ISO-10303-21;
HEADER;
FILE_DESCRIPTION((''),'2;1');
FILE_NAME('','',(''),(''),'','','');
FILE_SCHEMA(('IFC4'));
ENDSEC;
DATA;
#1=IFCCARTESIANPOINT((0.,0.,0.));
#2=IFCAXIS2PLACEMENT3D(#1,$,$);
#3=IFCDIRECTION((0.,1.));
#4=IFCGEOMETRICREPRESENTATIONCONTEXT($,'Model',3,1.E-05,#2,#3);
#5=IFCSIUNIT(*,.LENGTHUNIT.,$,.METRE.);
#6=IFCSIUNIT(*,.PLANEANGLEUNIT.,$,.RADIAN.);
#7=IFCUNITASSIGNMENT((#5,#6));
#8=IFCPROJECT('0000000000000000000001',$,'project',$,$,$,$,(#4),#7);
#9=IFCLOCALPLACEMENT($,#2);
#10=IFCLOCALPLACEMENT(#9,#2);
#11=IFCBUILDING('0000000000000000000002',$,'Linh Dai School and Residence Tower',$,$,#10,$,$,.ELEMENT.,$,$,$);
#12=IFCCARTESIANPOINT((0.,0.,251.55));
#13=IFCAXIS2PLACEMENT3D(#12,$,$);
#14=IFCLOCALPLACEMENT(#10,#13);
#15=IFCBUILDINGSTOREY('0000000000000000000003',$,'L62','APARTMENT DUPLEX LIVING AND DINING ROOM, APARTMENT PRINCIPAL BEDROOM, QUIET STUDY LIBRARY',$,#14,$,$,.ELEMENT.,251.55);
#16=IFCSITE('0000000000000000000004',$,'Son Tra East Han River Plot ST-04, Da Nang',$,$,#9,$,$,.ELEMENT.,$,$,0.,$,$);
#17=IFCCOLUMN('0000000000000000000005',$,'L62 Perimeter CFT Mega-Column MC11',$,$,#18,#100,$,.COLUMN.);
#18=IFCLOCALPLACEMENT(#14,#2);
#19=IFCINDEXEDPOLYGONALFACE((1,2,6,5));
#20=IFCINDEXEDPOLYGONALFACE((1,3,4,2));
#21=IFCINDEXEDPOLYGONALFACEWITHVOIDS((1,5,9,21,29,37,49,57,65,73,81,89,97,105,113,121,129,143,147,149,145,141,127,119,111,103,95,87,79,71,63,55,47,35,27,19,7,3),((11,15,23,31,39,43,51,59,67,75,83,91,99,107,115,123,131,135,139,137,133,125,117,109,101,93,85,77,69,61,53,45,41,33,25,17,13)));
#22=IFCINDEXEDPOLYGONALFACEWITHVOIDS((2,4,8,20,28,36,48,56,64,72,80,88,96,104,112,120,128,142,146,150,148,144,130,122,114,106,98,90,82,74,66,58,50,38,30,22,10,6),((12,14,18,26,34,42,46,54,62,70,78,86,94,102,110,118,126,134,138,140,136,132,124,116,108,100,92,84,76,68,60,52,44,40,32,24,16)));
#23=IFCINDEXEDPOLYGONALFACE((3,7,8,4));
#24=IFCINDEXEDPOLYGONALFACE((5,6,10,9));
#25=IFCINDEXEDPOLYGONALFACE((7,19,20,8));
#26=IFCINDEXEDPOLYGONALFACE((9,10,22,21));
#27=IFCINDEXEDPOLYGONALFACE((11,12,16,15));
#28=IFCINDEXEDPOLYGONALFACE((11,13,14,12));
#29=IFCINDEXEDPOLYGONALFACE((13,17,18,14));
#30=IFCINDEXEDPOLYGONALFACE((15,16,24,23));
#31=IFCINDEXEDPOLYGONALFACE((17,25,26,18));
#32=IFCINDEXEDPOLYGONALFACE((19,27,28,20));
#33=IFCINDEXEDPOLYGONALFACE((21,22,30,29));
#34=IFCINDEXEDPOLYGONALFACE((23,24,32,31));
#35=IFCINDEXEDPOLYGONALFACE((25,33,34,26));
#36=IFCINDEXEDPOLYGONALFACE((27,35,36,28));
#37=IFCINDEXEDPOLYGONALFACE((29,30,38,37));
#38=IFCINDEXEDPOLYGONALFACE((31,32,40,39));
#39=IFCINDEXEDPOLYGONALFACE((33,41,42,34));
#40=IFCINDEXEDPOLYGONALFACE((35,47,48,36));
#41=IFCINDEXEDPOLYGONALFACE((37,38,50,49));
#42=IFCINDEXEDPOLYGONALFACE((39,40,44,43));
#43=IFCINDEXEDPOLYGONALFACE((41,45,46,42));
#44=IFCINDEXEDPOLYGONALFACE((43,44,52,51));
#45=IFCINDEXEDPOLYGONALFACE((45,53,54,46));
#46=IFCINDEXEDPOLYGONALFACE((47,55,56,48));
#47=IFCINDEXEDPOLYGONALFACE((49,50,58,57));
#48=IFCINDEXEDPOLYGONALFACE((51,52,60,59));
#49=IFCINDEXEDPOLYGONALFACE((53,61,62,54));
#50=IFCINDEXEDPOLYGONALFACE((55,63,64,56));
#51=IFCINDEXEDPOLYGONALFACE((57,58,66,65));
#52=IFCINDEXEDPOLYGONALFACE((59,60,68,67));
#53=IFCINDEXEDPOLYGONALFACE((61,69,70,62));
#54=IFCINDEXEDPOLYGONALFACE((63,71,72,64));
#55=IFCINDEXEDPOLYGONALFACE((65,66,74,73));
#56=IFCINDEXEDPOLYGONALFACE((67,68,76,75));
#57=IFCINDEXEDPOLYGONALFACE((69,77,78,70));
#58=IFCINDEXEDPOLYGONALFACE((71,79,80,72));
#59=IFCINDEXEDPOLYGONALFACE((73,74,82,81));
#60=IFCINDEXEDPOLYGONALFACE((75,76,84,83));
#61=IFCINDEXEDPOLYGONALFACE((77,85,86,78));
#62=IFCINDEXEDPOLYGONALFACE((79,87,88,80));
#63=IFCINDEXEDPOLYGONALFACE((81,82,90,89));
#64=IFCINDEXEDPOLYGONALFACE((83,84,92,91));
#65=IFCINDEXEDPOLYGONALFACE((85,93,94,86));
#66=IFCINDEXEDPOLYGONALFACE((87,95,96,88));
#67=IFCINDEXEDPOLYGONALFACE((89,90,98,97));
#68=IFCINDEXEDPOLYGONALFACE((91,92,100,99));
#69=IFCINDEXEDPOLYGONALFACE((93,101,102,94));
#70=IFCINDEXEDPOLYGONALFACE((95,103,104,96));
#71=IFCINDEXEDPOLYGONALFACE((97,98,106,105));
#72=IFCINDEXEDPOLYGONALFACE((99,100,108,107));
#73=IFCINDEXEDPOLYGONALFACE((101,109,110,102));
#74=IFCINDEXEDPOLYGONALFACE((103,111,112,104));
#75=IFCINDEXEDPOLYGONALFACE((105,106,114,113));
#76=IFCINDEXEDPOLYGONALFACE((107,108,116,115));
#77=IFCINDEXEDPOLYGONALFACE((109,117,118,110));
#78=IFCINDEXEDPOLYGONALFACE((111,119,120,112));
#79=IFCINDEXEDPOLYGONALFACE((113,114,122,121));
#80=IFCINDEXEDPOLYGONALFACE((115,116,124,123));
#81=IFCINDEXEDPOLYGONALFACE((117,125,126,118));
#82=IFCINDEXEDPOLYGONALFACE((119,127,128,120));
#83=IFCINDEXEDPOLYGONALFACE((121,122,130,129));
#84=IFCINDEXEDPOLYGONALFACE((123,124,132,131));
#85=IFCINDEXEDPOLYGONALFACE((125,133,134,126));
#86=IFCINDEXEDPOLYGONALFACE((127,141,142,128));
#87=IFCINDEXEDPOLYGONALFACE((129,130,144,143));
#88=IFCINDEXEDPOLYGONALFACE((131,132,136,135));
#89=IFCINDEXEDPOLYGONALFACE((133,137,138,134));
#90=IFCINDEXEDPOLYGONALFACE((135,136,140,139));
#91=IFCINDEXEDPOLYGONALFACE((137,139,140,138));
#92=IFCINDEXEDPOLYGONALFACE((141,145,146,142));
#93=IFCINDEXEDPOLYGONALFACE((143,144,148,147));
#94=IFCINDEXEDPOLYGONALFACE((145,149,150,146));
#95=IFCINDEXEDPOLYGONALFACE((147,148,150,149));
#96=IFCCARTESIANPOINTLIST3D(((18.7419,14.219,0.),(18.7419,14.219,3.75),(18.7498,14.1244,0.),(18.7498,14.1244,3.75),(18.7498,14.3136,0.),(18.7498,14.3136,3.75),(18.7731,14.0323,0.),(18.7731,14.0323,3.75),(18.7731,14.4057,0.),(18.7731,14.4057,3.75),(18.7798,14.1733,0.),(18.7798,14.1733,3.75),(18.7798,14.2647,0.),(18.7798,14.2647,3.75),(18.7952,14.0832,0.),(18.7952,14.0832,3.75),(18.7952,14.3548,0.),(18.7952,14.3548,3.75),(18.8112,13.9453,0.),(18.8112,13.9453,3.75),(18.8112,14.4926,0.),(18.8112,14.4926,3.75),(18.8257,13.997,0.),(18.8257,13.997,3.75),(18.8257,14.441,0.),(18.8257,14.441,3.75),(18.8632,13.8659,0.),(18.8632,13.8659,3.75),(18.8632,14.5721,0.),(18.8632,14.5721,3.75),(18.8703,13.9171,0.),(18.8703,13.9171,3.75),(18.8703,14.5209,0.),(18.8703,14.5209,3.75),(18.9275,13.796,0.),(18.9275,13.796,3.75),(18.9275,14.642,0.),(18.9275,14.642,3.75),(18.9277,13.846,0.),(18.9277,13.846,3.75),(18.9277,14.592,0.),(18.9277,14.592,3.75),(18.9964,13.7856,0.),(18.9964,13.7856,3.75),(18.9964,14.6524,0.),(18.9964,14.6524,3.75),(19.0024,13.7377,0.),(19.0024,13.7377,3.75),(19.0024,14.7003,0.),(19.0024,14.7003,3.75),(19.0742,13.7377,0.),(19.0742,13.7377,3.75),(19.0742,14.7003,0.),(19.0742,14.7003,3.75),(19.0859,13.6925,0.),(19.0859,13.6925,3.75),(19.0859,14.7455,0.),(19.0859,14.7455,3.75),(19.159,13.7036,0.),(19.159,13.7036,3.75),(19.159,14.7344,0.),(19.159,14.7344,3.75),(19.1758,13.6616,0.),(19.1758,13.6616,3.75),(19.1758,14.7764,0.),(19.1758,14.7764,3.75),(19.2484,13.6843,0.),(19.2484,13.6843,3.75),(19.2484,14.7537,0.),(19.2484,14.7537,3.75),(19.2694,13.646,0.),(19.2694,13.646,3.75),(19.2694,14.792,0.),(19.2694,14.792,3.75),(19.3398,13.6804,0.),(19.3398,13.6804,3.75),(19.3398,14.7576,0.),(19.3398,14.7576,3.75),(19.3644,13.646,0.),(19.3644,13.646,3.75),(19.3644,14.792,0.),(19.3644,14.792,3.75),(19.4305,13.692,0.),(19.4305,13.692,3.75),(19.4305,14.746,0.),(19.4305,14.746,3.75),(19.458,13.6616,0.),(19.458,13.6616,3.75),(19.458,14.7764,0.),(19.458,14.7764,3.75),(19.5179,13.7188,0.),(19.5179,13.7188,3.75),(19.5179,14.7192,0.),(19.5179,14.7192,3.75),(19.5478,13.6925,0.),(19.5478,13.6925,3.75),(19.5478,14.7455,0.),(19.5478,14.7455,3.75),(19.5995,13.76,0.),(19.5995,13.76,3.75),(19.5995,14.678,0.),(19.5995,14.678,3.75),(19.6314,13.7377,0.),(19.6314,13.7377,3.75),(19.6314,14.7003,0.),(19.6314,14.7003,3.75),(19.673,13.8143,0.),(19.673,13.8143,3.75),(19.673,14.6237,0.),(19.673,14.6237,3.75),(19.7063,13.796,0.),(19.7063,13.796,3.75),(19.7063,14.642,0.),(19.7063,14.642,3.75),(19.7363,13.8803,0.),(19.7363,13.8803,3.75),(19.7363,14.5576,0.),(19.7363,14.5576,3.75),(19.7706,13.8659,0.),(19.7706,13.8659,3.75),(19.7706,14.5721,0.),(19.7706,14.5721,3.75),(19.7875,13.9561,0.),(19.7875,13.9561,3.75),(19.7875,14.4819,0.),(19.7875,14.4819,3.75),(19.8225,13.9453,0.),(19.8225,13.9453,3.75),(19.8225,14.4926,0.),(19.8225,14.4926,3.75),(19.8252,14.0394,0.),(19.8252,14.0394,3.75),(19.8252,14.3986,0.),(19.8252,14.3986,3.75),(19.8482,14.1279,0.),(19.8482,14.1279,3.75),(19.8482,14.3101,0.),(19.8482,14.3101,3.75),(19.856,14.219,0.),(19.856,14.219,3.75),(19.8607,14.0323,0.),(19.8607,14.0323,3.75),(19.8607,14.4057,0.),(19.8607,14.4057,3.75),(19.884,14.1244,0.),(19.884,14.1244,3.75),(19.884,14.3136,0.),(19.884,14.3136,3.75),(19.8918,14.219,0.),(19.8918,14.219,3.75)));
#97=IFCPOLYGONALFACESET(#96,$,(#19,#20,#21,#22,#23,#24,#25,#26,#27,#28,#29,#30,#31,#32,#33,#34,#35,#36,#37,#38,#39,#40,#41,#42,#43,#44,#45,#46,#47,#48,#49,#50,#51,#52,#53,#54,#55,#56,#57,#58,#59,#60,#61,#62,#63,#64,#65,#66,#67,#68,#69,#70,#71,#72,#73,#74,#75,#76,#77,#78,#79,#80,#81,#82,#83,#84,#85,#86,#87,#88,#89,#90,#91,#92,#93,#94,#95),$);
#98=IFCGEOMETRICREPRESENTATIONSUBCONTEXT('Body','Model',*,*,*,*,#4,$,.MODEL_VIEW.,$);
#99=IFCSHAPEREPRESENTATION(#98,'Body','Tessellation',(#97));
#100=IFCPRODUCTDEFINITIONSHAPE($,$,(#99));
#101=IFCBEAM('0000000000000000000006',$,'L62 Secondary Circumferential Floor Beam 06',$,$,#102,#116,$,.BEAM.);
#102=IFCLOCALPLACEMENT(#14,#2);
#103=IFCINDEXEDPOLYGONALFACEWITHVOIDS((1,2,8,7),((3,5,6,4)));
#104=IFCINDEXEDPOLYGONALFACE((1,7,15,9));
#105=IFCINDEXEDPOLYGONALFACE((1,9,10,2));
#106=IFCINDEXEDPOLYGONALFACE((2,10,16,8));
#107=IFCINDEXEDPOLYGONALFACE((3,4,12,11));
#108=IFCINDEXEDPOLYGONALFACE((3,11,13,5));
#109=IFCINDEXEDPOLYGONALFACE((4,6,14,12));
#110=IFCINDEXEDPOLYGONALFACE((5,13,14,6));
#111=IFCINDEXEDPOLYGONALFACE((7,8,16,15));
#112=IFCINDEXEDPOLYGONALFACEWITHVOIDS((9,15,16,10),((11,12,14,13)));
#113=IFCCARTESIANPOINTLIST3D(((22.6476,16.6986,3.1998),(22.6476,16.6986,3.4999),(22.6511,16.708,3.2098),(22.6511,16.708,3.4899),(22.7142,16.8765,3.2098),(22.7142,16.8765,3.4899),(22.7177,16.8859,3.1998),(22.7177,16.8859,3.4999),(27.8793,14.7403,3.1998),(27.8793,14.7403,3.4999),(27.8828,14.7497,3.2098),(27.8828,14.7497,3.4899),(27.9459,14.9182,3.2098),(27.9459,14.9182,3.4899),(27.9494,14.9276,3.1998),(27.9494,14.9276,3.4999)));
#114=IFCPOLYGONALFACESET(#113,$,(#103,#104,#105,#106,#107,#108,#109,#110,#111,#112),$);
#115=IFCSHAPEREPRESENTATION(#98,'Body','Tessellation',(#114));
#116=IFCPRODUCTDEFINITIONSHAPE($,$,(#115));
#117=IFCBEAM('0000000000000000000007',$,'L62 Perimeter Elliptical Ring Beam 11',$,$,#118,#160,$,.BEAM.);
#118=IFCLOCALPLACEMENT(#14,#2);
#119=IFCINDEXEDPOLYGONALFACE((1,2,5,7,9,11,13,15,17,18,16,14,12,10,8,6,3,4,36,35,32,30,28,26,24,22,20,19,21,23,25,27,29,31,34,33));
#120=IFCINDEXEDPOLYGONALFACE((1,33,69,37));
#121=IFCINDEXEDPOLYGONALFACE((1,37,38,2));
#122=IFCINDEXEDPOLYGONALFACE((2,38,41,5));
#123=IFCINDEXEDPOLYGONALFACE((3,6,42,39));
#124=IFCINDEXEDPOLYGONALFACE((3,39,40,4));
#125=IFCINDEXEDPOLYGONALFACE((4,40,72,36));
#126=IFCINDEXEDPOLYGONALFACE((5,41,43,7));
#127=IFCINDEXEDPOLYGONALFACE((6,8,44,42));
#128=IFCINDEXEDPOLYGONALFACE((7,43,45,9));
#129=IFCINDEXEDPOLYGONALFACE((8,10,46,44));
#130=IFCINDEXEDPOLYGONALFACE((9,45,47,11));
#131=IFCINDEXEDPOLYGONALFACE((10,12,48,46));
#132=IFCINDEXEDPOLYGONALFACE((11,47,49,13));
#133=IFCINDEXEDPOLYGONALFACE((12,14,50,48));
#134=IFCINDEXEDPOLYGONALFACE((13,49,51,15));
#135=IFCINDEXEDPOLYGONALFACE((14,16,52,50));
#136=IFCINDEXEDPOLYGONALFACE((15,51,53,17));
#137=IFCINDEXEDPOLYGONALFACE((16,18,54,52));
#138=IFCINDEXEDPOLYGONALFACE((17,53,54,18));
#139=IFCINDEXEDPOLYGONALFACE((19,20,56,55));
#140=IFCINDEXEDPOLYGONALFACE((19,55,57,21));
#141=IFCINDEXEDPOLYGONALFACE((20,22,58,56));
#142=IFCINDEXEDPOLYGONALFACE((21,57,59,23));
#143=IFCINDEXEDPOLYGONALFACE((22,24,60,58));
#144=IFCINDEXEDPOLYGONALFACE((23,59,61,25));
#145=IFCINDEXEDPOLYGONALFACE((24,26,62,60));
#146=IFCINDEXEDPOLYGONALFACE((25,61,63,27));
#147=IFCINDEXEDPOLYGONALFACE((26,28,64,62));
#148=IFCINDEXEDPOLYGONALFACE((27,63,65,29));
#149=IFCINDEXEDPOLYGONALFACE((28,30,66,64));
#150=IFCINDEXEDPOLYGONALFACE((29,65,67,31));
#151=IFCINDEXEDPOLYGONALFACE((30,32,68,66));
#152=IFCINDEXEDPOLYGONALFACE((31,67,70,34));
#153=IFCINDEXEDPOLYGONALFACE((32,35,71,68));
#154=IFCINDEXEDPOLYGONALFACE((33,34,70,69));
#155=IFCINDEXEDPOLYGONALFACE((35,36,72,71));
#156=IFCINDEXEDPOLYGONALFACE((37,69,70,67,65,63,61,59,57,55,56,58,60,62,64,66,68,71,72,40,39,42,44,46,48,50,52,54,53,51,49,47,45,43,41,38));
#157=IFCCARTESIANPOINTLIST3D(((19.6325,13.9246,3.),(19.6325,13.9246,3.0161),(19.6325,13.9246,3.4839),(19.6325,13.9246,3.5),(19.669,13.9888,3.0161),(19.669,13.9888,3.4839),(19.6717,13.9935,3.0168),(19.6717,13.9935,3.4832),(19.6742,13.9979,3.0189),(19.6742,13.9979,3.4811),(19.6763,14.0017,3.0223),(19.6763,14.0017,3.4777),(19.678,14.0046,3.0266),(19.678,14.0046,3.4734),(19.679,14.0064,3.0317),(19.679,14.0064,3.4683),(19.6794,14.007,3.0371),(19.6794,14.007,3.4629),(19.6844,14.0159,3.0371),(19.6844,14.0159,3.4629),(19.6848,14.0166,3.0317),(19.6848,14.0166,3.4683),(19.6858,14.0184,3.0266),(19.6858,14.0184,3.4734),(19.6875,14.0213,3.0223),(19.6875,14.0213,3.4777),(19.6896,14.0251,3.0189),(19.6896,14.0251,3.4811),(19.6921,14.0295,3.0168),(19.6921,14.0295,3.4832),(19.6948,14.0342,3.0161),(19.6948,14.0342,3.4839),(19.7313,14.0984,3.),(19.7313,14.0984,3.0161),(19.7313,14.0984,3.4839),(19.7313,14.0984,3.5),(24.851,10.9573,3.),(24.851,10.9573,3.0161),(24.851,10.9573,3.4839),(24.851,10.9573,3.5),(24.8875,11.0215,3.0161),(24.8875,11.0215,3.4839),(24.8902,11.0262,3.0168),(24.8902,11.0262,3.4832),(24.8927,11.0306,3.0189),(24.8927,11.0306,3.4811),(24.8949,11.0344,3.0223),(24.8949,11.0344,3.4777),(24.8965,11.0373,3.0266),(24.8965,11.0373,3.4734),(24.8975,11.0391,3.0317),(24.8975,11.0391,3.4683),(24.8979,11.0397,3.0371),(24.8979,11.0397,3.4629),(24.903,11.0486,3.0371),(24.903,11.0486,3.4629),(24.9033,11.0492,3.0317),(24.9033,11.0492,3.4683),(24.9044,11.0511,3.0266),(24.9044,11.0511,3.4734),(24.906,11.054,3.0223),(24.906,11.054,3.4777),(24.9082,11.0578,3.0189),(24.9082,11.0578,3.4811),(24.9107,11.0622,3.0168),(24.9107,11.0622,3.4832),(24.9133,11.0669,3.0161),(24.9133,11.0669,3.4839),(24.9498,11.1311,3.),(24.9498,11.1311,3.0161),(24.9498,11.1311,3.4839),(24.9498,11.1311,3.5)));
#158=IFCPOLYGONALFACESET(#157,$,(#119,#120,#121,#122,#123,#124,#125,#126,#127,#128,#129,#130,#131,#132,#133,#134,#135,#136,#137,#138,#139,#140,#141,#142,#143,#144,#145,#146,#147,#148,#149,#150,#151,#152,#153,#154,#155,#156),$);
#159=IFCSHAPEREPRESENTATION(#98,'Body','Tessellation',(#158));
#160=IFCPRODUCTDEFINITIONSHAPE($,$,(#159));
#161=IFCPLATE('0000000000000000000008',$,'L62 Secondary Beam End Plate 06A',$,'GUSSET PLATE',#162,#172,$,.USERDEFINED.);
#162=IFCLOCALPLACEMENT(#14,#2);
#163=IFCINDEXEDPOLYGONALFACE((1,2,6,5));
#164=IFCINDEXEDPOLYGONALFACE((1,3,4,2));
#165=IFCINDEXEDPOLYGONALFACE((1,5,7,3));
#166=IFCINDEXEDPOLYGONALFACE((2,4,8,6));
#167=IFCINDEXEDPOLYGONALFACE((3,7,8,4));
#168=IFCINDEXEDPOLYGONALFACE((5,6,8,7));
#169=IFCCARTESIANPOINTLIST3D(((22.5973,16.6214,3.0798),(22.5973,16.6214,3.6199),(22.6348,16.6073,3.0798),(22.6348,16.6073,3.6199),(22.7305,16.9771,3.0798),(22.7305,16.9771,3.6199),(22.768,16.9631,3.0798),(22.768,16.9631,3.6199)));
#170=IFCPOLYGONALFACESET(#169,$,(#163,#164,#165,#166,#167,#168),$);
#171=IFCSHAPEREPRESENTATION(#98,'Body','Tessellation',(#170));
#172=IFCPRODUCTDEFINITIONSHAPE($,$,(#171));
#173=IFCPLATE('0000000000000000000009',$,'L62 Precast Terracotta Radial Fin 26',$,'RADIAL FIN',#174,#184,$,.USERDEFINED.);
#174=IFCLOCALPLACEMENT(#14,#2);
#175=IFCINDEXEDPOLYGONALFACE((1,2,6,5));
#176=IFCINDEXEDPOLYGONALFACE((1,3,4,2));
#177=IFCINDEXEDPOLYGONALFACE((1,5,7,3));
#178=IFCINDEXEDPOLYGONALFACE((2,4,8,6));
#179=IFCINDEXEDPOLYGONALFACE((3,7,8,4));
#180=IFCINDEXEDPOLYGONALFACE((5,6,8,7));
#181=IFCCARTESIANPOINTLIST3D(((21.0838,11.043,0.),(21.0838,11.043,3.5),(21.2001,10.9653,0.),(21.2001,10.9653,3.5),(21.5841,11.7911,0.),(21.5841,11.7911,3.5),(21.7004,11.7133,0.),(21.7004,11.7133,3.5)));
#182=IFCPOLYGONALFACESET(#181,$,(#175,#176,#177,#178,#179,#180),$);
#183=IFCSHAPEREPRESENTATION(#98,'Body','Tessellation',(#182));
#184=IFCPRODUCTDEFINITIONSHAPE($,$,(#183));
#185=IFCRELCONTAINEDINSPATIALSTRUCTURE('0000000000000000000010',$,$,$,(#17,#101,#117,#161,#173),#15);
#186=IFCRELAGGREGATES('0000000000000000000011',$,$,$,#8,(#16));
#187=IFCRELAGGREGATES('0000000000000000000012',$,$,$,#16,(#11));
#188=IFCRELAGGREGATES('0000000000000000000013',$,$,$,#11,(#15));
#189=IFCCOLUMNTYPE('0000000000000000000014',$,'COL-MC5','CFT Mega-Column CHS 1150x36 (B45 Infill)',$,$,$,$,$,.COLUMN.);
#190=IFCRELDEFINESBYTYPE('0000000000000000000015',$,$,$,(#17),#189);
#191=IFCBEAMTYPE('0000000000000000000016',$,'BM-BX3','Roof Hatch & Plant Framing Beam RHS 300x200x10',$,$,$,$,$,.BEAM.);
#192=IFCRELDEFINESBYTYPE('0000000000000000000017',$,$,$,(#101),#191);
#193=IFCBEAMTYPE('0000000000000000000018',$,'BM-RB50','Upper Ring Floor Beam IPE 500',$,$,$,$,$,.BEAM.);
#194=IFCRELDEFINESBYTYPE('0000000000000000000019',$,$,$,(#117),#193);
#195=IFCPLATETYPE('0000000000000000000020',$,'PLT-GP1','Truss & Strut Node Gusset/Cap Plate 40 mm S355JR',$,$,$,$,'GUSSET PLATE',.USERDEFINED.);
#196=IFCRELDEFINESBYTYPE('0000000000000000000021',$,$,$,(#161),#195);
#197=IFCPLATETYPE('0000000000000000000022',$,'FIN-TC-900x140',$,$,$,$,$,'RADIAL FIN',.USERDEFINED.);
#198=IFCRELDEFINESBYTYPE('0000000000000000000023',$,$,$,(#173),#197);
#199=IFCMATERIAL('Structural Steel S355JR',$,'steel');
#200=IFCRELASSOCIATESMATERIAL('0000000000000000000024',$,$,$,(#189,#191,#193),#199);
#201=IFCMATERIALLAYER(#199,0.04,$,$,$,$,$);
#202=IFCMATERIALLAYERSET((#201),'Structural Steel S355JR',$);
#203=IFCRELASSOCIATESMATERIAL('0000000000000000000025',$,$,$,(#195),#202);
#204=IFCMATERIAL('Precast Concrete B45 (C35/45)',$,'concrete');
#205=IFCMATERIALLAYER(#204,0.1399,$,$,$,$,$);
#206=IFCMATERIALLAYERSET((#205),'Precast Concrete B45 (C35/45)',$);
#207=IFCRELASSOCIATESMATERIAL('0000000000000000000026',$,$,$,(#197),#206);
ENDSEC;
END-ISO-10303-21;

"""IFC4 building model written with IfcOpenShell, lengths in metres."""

from ifc_helpers import new_model, si_unit, direction, frame, origin, origin_2d, place, context, subcontext, project, spatial, rectangle, hollow_rectangle, hollow_circle, i_section, extrude, source, transform, mapped, material, layer, layer_set, material_profile, profile_set, type_object, element, save


model = new_model("IFC4")

# Units and contexts
model_context = context("Model", 3, precision=1e-05, world=origin(), true_north=direction((0.0, 1.0)))
body_context = subcontext(model_context, "Body", "Model", "MODEL_VIEW")
ifc_project = project(units=[si_unit("LENGTHUNIT", "METRE"), si_unit("PLANEANGLEUNIT", "RADIAN")], contexts=[model_context])

# Site, building, storey
site_placement = place(None, origin())
site = spatial("IfcSite", under=ifc_project, at=site_placement, Name="Son Tra East Han River Plot ST-04, Da Nang", CompositionType="ELEMENT", RefElevation=0.0)
building_placement = place(site_placement, origin())
building = spatial("IfcBuilding", under=site, at=building_placement, Name="Linh Dai School and Residence Tower", CompositionType="ELEMENT")
storey_placement = place(building_placement, frame((0.0, 0.0, 251.55)))
storey = spatial("IfcBuildingStorey", under=building, at=storey_placement, Name="L62", Description="APARTMENT DUPLEX LIVING AND DINING ROOM, APARTMENT PRINCIPAL BEDROOM, QUIET STUDY LIBRARY", CompositionType="ELEMENT", Elevation=251.55)

# Column
ifc_material_1 = material(Name="Structural Steel S355JR", Category="steel")
ifc_material_profile_1 = material_profile(ifc_material_1, hollow_circle(Radius=0.575, WallThickness=0.0359, at=origin_2d()), Name="CHS 1150x36")
ifc_profile_set_1 = profile_set([ifc_material_profile_1], Name="Structural Steel S355JR")
column_type = type_object("IfcColumnType", Name="COL-MC5", Description="CFT Mega-Column CHS 1150x36 (B45 Infill)", PredefinedType="COLUMN", material=ifc_profile_set_1)
column_placement = place(storey_placement, frame((19.3169, 14.219, 0.0), z_axis=(0.0, 0.0, 1.0), x_axis=(1.0, 0.0, 0.0)))
element("IfcColumn", 1, at=column_placement, inside=storey, type_object=column_type, Name="L62 Perimeter CFT Mega-Column MC11", PredefinedType="COLUMN", context=body_context, shape_type="SweptSolid", body=[
    extrude(hollow_circle(Radius=0.575, WallThickness=0.0359, at=origin_2d()), origin(), (0.0, 0.0, 1.0), 3.75),
])

# Beams
ifc_material_profile_2 = material_profile(ifc_material_1, hollow_rectangle(XDim=0.2, YDim=0.3, WallThickness=0.01, at=origin_2d()), Name="RHS 300x200x10")
ifc_profile_set_2 = profile_set([ifc_material_profile_2], Name="Structural Steel S355JR")
beam_type_1 = type_object("IfcBeamType", Name="BM-BX3", Description="Roof Hatch & Plant Framing Beam RHS 300x200x10", PredefinedType="BEAM", material=ifc_profile_set_2)
beam_1_placement = place(storey_placement, frame((22.6826, 16.7922, 3.3499), z_axis=(0.936543, -0.350553, 0.0), x_axis=(0.350553, 0.936543, 0.0)))
element("IfcBeam", 2, at=beam_1_placement, inside=storey, type_object=beam_type_1, Name="L62 Secondary Circumferential Floor Beam 06", PredefinedType="BEAM", context=body_context, shape_type="SweptSolid", body=[
    extrude(hollow_rectangle(XDim=0.2, YDim=0.3, WallThickness=0.01, at=origin_2d()), origin(), (0.0, 0.0, 1.0), 5.5862),
])
ifc_material_profile_3 = material_profile(ifc_material_1, i_section(OverallWidth=0.2, OverallDepth=0.5, WebThickness=0.0103, FlangeThickness=0.0161, FilletRadius=0.021, at=origin_2d()), Name="IPE 500")
ifc_profile_set_3 = profile_set([ifc_material_profile_3], Name="Structural Steel S355JR")
beam_type_2 = type_object("IfcBeamType", Name="BM-RB50", Description="Upper Ring Floor Beam IPE 500", PredefinedType="BEAM", material=ifc_profile_set_3)
beam_2_placement = place(storey_placement, frame((19.6819, 14.0115, 3.25), z_axis=(0.869297, -0.49429, 0.0), x_axis=(0.49429, 0.869297, 0.0)))
element("IfcBeam", 3, at=beam_2_placement, inside=storey, type_object=beam_type_2, Name="L62 Perimeter Elliptical Ring Beam 11", PredefinedType="BEAM", context=body_context, shape_type="SweptSolid", body=[
    extrude(i_section(OverallWidth=0.2, OverallDepth=0.5, WebThickness=0.0103, FlangeThickness=0.0161, FilletRadius=0.021, at=origin_2d()), origin(), (0.0, 0.0, 1.0), 6.0032),
])

# Plates
ifc_layer_1 = layer(ifc_material_1, 0.04)
ifc_layer_set_1 = layer_set([ifc_layer_1], Name="Structural Steel S355JR")
plate_type_1 = type_object("IfcPlateType", Name="PLT-GP1", Description="Truss & Strut Node Gusset/Cap Plate 40 mm S355JR", ElementType="GUSSET PLATE", PredefinedType="USERDEFINED", material=ifc_layer_set_1)
shared_shape_1 = source(origin(), body_context, "Body", "SweptSolid", [
    extrude(rectangle(XDim=0.04, YDim=0.3799, at=origin_2d()), origin(), (0.0, 0.0, 1.0), 0.54),
])
plate_1_placement = place(storey_placement, frame((22.6826, 16.7922, 3.0798), z_axis=(0.0, 0.0, 1.0), x_axis=(0.936534, -0.350577, 0.0)))
element("IfcPlate", 4, at=plate_1_placement, inside=storey, type_object=plate_type_1, Name="L62 Secondary Beam End Plate 06A", ObjectType="GUSSET PLATE", PredefinedType="USERDEFINED", context=body_context, shape_type="MappedRepresentation", body=[
    mapped(shared_shape_1, transform((0.0, 0.0, 0.0), x_axis=(1.0, 0.0, 0.0), y_axis=(0.0, 1.0, 0.0), z_axis=(0.0, 0.0, 1.0), scale=1.0)),
])
ifc_material_2 = material(Name="Precast Concrete B45 (C35/45)", Category="concrete")
ifc_layer_2 = layer(ifc_material_2, 0.1399)
ifc_layer_set_2 = layer_set([ifc_layer_2], Name="Precast Concrete B45 (C35/45)")
plate_type_2 = type_object("IfcPlateType", Name="FIN-TC-900x140", ElementType="RADIAL FIN", PredefinedType="USERDEFINED", material=ifc_layer_set_2)
shared_shape_2 = source(origin(), body_context, "Body", "SweptSolid", [
    extrude(rectangle(XDim=0.8999, YDim=0.1399, at=origin_2d()), origin(), (0.0, 0.0, 1.0), 3.5),
])
plate_2_placement = place(storey_placement, frame((21.3921, 11.3782, 0.0), z_axis=(0.0, 0.0, 1.0), x_axis=(-0.555887, -0.831258, 0.0)))
element("IfcPlate", 5, at=plate_2_placement, inside=storey, type_object=plate_type_2, Name="L62 Precast Terracotta Radial Fin 26", ObjectType="RADIAL FIN", PredefinedType="USERDEFINED", context=body_context, shape_type="MappedRepresentation", body=[
    mapped(shared_shape_2, transform((0.0, 0.0, 0.0), x_axis=(1.0, 0.0, 0.0), y_axis=(0.0, 1.0, 0.0), z_axis=(0.0, 0.0, 1.0), scale=1.0)),
])

save(model, "model.ifc")
